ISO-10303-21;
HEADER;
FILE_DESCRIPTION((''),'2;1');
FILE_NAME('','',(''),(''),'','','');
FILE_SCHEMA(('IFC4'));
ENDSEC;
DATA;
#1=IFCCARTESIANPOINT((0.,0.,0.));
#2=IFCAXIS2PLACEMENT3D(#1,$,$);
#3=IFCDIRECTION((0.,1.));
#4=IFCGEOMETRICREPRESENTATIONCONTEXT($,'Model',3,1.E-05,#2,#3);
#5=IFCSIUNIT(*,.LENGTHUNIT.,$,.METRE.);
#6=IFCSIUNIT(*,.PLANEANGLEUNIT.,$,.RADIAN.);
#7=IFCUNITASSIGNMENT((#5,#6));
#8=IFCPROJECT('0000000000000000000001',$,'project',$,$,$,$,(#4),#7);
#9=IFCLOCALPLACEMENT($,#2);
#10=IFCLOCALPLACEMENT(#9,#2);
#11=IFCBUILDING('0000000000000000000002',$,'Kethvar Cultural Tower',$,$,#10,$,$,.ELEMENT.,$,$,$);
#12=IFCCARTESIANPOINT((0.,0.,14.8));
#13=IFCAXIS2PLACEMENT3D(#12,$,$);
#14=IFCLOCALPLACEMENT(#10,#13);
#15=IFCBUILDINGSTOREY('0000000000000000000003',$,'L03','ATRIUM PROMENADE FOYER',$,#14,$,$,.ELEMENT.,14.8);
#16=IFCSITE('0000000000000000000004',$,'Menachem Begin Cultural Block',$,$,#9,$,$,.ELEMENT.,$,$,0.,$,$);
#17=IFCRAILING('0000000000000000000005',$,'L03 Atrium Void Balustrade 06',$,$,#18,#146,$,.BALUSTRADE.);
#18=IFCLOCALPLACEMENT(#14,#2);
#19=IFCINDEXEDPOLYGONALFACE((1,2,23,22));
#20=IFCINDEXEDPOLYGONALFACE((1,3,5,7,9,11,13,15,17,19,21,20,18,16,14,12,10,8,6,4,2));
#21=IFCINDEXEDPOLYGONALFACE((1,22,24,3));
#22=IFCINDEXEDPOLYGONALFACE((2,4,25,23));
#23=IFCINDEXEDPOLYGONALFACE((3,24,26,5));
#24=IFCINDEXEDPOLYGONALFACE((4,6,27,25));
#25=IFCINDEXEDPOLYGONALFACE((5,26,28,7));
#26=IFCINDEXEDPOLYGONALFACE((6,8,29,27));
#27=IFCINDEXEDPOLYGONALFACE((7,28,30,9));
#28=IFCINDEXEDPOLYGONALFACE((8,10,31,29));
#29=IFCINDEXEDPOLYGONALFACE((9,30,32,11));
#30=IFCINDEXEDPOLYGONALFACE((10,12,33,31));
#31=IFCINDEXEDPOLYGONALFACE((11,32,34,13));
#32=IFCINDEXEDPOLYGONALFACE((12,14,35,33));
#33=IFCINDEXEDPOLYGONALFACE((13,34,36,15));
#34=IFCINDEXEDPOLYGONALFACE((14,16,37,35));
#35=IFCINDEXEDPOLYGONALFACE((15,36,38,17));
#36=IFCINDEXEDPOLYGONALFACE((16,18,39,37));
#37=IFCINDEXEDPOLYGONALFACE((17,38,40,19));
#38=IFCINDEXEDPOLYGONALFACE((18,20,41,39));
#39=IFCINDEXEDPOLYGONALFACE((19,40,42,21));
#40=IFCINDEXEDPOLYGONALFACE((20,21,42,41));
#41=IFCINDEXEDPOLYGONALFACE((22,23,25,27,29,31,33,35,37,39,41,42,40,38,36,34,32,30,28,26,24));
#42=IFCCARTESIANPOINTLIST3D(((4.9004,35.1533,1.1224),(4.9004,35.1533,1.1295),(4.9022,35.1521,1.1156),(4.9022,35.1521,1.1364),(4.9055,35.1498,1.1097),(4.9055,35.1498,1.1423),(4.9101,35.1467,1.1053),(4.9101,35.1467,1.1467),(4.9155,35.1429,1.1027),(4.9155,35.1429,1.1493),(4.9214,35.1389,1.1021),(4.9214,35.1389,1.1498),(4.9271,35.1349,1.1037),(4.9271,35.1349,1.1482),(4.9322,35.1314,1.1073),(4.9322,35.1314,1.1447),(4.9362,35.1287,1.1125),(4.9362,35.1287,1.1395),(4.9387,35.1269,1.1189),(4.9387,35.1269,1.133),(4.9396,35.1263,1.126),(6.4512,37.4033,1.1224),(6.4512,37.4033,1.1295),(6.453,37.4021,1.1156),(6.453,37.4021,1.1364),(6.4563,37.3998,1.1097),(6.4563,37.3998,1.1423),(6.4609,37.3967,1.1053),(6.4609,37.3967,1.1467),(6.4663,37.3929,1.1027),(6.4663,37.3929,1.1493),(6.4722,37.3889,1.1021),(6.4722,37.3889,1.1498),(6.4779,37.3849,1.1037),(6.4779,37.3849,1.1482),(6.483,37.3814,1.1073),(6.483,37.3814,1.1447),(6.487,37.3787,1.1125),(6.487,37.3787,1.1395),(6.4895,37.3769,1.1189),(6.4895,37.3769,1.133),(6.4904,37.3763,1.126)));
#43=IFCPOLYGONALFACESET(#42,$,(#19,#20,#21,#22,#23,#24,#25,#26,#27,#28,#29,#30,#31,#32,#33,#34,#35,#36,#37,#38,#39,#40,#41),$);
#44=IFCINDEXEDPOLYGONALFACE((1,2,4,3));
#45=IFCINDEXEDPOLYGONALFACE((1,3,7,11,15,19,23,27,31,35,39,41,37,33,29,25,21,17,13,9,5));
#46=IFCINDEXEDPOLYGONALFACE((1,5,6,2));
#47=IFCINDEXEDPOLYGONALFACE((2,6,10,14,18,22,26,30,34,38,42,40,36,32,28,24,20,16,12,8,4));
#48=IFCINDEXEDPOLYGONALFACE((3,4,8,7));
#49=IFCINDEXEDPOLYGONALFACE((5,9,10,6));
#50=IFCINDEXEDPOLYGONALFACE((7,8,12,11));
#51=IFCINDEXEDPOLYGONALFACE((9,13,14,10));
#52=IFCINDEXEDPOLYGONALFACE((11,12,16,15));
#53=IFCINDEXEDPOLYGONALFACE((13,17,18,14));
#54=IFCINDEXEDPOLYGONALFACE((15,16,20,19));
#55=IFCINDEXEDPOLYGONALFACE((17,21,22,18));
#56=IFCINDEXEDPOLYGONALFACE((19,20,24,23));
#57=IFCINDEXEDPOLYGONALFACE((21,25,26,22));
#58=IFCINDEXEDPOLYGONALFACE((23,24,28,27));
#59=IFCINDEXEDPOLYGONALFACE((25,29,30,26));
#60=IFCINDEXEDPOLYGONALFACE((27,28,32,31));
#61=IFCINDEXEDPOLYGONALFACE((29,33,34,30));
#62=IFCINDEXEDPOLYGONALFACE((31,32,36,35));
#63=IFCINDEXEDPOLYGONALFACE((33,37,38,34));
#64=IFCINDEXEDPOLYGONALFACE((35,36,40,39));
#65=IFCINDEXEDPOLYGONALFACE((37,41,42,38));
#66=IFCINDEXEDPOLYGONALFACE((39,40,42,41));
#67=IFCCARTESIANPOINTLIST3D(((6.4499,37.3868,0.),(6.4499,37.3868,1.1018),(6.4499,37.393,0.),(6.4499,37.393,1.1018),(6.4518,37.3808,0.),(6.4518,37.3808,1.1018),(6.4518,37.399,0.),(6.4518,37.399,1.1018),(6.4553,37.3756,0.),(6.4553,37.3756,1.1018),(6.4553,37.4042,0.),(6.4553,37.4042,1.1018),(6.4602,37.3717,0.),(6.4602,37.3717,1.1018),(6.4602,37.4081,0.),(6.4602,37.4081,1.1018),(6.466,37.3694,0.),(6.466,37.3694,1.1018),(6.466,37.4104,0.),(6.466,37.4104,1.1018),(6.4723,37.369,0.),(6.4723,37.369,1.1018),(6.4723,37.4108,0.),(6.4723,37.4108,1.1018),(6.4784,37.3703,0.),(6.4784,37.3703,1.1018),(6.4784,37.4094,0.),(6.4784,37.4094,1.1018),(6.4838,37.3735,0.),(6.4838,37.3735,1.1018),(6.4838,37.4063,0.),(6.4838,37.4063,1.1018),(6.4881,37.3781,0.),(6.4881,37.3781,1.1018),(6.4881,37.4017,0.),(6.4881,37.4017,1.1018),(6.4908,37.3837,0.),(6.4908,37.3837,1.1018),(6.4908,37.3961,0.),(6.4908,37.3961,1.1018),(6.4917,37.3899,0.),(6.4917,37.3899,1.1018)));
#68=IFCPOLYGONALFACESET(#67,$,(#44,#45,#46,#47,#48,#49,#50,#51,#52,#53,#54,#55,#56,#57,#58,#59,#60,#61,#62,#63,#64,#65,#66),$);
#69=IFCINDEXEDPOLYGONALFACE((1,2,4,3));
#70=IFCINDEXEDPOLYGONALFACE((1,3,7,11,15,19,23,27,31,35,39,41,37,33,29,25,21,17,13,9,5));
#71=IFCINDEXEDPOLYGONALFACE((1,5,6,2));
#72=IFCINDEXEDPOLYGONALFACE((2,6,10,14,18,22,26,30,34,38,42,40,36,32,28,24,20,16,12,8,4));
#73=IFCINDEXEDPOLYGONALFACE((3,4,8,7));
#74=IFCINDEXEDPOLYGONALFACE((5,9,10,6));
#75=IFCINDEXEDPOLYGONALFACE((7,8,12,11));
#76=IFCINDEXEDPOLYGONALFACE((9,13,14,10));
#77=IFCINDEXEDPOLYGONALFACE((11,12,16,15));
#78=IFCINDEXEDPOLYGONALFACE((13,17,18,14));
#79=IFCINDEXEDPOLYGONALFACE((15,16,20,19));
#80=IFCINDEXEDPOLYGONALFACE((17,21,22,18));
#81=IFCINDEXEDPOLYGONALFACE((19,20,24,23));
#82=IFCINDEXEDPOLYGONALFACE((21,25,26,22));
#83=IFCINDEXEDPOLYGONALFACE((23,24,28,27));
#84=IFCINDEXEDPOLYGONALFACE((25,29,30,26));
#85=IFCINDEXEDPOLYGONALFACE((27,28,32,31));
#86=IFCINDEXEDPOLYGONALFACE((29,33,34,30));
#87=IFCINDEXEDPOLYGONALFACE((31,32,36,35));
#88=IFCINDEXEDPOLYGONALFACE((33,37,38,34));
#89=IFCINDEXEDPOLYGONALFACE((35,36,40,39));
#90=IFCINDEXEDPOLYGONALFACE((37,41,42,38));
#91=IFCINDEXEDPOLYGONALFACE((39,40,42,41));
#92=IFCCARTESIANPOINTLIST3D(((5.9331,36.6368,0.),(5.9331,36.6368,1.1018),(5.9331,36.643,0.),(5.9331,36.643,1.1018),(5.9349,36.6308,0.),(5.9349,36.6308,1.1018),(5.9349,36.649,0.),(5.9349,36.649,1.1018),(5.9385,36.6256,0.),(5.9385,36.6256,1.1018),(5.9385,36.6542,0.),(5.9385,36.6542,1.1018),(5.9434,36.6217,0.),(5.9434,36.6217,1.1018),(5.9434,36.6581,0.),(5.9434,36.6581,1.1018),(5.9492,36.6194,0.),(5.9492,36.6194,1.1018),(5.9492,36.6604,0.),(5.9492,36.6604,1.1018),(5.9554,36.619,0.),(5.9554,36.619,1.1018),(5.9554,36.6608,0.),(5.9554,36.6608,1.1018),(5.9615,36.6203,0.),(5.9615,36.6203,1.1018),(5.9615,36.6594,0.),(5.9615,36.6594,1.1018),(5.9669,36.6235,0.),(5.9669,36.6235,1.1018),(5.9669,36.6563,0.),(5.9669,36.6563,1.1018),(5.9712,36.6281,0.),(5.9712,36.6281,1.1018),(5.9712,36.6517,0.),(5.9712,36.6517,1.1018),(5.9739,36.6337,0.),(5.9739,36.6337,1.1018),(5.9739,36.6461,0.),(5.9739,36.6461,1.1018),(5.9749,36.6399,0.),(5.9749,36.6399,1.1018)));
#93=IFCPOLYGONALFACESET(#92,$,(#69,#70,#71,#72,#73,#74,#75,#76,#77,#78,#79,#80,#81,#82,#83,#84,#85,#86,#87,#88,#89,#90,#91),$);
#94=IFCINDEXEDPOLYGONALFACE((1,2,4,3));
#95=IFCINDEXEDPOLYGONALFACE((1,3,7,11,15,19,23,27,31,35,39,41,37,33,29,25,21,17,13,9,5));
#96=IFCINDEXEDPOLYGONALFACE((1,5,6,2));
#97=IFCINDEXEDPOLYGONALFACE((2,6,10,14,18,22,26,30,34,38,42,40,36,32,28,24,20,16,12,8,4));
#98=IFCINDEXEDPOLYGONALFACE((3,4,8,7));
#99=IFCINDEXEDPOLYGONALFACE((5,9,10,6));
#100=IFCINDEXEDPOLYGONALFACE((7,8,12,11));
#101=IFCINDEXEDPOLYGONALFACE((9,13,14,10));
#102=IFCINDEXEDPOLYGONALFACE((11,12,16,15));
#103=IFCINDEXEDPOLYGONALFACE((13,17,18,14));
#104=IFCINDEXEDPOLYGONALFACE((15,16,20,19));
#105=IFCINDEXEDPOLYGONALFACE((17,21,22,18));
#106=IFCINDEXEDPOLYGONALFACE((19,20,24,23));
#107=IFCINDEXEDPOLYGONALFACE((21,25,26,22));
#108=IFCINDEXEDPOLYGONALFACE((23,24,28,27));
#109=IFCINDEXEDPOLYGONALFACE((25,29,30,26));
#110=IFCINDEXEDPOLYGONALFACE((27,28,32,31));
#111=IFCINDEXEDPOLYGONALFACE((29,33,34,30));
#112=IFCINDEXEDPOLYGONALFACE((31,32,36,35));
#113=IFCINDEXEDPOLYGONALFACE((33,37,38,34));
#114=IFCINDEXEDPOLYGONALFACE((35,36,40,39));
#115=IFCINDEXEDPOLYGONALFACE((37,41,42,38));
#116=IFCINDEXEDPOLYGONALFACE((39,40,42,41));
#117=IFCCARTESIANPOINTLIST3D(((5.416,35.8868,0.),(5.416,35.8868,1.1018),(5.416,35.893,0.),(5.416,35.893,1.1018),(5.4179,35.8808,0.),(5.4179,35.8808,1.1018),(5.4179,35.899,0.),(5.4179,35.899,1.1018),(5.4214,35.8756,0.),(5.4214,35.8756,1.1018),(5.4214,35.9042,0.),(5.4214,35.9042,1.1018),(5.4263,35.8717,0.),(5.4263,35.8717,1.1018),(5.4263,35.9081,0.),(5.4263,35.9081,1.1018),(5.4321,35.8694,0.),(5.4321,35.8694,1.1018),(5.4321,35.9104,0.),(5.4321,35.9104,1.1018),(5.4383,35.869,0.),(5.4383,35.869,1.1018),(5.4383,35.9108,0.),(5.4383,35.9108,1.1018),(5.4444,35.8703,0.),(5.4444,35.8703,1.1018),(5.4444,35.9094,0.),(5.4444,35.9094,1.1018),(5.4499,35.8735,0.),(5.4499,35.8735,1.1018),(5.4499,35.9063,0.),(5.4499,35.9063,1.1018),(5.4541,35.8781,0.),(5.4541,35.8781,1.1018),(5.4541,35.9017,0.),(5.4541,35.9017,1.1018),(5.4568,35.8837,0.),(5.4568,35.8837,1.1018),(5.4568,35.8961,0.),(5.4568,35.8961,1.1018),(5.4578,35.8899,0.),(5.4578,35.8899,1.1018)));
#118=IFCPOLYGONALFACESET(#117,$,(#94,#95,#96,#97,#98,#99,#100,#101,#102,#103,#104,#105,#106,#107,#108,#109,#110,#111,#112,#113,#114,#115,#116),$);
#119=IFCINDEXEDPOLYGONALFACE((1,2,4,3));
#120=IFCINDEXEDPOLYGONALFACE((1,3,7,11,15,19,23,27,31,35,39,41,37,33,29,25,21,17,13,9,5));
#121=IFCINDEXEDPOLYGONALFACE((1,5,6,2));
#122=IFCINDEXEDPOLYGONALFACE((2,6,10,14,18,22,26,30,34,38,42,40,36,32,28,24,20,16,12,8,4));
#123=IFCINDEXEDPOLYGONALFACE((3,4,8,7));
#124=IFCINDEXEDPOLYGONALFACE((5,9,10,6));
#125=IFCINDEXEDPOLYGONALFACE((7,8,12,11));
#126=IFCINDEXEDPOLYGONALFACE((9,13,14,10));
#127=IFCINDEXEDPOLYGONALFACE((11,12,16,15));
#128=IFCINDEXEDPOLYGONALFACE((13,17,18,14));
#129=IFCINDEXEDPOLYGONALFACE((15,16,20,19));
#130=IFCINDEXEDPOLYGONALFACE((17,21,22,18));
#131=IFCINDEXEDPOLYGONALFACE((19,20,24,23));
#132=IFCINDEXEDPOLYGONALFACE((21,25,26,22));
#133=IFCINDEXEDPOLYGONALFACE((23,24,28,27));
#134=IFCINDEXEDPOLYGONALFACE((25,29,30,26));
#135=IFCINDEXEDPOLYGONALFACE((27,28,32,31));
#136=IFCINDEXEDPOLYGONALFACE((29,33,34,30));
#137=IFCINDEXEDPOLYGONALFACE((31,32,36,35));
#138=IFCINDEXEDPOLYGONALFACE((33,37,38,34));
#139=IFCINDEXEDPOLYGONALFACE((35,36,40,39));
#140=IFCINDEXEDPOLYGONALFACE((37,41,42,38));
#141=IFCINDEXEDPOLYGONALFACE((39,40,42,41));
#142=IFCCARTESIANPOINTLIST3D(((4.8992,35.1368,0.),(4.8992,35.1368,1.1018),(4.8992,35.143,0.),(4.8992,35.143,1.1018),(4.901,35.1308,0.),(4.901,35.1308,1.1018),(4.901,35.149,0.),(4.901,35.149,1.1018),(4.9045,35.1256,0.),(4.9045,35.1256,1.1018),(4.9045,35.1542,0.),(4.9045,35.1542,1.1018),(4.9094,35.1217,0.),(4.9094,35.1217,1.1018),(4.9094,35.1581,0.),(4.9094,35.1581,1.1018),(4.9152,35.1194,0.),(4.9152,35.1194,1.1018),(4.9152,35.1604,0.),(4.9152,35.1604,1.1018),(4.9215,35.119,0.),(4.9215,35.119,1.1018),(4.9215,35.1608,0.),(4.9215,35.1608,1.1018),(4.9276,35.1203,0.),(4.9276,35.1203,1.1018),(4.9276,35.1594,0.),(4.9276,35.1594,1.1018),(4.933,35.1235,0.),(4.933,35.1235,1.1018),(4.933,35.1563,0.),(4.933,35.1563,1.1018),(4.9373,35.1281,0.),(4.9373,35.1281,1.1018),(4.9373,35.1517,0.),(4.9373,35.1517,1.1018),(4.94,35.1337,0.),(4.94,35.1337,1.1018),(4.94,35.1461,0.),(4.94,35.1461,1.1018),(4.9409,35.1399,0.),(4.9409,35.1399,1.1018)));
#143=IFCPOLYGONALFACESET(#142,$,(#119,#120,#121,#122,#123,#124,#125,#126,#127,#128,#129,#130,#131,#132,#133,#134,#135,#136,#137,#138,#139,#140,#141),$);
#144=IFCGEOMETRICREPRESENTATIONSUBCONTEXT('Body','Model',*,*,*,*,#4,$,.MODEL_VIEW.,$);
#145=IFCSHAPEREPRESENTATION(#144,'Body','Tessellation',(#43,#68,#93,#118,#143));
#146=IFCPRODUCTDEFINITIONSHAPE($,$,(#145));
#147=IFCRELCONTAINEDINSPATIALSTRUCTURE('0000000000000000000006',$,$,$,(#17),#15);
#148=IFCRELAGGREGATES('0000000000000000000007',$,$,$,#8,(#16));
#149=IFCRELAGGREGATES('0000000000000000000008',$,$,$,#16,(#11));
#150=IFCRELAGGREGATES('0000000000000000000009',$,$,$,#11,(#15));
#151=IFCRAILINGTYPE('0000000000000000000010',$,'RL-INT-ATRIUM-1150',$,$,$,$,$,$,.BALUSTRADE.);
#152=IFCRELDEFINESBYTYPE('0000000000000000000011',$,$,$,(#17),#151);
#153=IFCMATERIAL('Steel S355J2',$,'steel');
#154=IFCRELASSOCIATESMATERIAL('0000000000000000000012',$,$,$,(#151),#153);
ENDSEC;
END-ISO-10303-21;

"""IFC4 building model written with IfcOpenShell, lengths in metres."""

from ifc_helpers import new_model, si_unit, direction, frame, origin, origin_2d, place, context, subcontext, project, spatial, circle, extrude, material, type_object, element, save


model = new_model("IFC4")

# Units and contexts
model_context = context("Model", 3, precision=1e-05, world=origin(), true_north=direction((0.0, 1.0)))
body_context = subcontext(model_context, "Body", "Model", "MODEL_VIEW")
ifc_project = project(units=[si_unit("LENGTHUNIT", "METRE"), si_unit("PLANEANGLEUNIT", "RADIAN")], contexts=[model_context])

# Site, building, storey
site_placement = place(None, origin())
site = spatial("IfcSite", under=ifc_project, at=site_placement, Name="Menachem Begin Cultural Block", CompositionType="ELEMENT", RefElevation=0.0)
building_placement = place(site_placement, origin())
building = spatial("IfcBuilding", under=site, at=building_placement, Name="Kethvar Cultural Tower", CompositionType="ELEMENT")
storey_placement = place(building_placement, frame((0.0, 0.0, 14.8)))
storey = spatial("IfcBuildingStorey", under=building, at=storey_placement, Name="L03", Description="ATRIUM PROMENADE FOYER", CompositionType="ELEMENT", Elevation=14.8)

# Shared definitions
ifc_material_1 = material(Name="Steel S355J2", Category="steel")

# Railing
railing_type = type_object("IfcRailingType", Name="RL-INT-ATRIUM-1150", PredefinedType="BALUSTRADE", material=ifc_material_1)
railing_1_placement = place(storey_placement, frame((6.4707, 37.3899, 0.0)))
element("IfcRailing", 1, at=railing_1_placement, inside=storey, type_object=railing_type, Name="L03 Atrium Void Balustrade 06", PredefinedType="BALUSTRADE", context=body_context, shape_type="SweptSolid", body=[
    extrude(circle(Radius=0.0239, at=origin_2d()), frame((0.0, 0.0, 1.126), z_axis=(-0.567499, -0.823374, 0.0), x_axis=(0.823374, -0.567499, 0.0)), (0.0, 0.0, 1.0), 2.7327),
    extrude(circle(Radius=0.021, at=origin_2d()), origin(), (0.0, 0.0, 1.0), 1.1018),
    extrude(circle(Radius=0.021, at=origin_2d()), frame((-0.5168, -0.75, 0.0)), (0.0, 0.0, 1.0), 1.1018),
    extrude(circle(Radius=0.021, at=origin_2d()), frame((-1.0339, -1.5, 0.0)), (0.0, 0.0, 1.0), 1.1018),
    extrude(circle(Radius=0.021, at=origin_2d()), frame((-1.5508, -2.25, 0.0)), (0.0, 0.0, 1.0), 1.1018),
])

save(model, "model.ifc")
